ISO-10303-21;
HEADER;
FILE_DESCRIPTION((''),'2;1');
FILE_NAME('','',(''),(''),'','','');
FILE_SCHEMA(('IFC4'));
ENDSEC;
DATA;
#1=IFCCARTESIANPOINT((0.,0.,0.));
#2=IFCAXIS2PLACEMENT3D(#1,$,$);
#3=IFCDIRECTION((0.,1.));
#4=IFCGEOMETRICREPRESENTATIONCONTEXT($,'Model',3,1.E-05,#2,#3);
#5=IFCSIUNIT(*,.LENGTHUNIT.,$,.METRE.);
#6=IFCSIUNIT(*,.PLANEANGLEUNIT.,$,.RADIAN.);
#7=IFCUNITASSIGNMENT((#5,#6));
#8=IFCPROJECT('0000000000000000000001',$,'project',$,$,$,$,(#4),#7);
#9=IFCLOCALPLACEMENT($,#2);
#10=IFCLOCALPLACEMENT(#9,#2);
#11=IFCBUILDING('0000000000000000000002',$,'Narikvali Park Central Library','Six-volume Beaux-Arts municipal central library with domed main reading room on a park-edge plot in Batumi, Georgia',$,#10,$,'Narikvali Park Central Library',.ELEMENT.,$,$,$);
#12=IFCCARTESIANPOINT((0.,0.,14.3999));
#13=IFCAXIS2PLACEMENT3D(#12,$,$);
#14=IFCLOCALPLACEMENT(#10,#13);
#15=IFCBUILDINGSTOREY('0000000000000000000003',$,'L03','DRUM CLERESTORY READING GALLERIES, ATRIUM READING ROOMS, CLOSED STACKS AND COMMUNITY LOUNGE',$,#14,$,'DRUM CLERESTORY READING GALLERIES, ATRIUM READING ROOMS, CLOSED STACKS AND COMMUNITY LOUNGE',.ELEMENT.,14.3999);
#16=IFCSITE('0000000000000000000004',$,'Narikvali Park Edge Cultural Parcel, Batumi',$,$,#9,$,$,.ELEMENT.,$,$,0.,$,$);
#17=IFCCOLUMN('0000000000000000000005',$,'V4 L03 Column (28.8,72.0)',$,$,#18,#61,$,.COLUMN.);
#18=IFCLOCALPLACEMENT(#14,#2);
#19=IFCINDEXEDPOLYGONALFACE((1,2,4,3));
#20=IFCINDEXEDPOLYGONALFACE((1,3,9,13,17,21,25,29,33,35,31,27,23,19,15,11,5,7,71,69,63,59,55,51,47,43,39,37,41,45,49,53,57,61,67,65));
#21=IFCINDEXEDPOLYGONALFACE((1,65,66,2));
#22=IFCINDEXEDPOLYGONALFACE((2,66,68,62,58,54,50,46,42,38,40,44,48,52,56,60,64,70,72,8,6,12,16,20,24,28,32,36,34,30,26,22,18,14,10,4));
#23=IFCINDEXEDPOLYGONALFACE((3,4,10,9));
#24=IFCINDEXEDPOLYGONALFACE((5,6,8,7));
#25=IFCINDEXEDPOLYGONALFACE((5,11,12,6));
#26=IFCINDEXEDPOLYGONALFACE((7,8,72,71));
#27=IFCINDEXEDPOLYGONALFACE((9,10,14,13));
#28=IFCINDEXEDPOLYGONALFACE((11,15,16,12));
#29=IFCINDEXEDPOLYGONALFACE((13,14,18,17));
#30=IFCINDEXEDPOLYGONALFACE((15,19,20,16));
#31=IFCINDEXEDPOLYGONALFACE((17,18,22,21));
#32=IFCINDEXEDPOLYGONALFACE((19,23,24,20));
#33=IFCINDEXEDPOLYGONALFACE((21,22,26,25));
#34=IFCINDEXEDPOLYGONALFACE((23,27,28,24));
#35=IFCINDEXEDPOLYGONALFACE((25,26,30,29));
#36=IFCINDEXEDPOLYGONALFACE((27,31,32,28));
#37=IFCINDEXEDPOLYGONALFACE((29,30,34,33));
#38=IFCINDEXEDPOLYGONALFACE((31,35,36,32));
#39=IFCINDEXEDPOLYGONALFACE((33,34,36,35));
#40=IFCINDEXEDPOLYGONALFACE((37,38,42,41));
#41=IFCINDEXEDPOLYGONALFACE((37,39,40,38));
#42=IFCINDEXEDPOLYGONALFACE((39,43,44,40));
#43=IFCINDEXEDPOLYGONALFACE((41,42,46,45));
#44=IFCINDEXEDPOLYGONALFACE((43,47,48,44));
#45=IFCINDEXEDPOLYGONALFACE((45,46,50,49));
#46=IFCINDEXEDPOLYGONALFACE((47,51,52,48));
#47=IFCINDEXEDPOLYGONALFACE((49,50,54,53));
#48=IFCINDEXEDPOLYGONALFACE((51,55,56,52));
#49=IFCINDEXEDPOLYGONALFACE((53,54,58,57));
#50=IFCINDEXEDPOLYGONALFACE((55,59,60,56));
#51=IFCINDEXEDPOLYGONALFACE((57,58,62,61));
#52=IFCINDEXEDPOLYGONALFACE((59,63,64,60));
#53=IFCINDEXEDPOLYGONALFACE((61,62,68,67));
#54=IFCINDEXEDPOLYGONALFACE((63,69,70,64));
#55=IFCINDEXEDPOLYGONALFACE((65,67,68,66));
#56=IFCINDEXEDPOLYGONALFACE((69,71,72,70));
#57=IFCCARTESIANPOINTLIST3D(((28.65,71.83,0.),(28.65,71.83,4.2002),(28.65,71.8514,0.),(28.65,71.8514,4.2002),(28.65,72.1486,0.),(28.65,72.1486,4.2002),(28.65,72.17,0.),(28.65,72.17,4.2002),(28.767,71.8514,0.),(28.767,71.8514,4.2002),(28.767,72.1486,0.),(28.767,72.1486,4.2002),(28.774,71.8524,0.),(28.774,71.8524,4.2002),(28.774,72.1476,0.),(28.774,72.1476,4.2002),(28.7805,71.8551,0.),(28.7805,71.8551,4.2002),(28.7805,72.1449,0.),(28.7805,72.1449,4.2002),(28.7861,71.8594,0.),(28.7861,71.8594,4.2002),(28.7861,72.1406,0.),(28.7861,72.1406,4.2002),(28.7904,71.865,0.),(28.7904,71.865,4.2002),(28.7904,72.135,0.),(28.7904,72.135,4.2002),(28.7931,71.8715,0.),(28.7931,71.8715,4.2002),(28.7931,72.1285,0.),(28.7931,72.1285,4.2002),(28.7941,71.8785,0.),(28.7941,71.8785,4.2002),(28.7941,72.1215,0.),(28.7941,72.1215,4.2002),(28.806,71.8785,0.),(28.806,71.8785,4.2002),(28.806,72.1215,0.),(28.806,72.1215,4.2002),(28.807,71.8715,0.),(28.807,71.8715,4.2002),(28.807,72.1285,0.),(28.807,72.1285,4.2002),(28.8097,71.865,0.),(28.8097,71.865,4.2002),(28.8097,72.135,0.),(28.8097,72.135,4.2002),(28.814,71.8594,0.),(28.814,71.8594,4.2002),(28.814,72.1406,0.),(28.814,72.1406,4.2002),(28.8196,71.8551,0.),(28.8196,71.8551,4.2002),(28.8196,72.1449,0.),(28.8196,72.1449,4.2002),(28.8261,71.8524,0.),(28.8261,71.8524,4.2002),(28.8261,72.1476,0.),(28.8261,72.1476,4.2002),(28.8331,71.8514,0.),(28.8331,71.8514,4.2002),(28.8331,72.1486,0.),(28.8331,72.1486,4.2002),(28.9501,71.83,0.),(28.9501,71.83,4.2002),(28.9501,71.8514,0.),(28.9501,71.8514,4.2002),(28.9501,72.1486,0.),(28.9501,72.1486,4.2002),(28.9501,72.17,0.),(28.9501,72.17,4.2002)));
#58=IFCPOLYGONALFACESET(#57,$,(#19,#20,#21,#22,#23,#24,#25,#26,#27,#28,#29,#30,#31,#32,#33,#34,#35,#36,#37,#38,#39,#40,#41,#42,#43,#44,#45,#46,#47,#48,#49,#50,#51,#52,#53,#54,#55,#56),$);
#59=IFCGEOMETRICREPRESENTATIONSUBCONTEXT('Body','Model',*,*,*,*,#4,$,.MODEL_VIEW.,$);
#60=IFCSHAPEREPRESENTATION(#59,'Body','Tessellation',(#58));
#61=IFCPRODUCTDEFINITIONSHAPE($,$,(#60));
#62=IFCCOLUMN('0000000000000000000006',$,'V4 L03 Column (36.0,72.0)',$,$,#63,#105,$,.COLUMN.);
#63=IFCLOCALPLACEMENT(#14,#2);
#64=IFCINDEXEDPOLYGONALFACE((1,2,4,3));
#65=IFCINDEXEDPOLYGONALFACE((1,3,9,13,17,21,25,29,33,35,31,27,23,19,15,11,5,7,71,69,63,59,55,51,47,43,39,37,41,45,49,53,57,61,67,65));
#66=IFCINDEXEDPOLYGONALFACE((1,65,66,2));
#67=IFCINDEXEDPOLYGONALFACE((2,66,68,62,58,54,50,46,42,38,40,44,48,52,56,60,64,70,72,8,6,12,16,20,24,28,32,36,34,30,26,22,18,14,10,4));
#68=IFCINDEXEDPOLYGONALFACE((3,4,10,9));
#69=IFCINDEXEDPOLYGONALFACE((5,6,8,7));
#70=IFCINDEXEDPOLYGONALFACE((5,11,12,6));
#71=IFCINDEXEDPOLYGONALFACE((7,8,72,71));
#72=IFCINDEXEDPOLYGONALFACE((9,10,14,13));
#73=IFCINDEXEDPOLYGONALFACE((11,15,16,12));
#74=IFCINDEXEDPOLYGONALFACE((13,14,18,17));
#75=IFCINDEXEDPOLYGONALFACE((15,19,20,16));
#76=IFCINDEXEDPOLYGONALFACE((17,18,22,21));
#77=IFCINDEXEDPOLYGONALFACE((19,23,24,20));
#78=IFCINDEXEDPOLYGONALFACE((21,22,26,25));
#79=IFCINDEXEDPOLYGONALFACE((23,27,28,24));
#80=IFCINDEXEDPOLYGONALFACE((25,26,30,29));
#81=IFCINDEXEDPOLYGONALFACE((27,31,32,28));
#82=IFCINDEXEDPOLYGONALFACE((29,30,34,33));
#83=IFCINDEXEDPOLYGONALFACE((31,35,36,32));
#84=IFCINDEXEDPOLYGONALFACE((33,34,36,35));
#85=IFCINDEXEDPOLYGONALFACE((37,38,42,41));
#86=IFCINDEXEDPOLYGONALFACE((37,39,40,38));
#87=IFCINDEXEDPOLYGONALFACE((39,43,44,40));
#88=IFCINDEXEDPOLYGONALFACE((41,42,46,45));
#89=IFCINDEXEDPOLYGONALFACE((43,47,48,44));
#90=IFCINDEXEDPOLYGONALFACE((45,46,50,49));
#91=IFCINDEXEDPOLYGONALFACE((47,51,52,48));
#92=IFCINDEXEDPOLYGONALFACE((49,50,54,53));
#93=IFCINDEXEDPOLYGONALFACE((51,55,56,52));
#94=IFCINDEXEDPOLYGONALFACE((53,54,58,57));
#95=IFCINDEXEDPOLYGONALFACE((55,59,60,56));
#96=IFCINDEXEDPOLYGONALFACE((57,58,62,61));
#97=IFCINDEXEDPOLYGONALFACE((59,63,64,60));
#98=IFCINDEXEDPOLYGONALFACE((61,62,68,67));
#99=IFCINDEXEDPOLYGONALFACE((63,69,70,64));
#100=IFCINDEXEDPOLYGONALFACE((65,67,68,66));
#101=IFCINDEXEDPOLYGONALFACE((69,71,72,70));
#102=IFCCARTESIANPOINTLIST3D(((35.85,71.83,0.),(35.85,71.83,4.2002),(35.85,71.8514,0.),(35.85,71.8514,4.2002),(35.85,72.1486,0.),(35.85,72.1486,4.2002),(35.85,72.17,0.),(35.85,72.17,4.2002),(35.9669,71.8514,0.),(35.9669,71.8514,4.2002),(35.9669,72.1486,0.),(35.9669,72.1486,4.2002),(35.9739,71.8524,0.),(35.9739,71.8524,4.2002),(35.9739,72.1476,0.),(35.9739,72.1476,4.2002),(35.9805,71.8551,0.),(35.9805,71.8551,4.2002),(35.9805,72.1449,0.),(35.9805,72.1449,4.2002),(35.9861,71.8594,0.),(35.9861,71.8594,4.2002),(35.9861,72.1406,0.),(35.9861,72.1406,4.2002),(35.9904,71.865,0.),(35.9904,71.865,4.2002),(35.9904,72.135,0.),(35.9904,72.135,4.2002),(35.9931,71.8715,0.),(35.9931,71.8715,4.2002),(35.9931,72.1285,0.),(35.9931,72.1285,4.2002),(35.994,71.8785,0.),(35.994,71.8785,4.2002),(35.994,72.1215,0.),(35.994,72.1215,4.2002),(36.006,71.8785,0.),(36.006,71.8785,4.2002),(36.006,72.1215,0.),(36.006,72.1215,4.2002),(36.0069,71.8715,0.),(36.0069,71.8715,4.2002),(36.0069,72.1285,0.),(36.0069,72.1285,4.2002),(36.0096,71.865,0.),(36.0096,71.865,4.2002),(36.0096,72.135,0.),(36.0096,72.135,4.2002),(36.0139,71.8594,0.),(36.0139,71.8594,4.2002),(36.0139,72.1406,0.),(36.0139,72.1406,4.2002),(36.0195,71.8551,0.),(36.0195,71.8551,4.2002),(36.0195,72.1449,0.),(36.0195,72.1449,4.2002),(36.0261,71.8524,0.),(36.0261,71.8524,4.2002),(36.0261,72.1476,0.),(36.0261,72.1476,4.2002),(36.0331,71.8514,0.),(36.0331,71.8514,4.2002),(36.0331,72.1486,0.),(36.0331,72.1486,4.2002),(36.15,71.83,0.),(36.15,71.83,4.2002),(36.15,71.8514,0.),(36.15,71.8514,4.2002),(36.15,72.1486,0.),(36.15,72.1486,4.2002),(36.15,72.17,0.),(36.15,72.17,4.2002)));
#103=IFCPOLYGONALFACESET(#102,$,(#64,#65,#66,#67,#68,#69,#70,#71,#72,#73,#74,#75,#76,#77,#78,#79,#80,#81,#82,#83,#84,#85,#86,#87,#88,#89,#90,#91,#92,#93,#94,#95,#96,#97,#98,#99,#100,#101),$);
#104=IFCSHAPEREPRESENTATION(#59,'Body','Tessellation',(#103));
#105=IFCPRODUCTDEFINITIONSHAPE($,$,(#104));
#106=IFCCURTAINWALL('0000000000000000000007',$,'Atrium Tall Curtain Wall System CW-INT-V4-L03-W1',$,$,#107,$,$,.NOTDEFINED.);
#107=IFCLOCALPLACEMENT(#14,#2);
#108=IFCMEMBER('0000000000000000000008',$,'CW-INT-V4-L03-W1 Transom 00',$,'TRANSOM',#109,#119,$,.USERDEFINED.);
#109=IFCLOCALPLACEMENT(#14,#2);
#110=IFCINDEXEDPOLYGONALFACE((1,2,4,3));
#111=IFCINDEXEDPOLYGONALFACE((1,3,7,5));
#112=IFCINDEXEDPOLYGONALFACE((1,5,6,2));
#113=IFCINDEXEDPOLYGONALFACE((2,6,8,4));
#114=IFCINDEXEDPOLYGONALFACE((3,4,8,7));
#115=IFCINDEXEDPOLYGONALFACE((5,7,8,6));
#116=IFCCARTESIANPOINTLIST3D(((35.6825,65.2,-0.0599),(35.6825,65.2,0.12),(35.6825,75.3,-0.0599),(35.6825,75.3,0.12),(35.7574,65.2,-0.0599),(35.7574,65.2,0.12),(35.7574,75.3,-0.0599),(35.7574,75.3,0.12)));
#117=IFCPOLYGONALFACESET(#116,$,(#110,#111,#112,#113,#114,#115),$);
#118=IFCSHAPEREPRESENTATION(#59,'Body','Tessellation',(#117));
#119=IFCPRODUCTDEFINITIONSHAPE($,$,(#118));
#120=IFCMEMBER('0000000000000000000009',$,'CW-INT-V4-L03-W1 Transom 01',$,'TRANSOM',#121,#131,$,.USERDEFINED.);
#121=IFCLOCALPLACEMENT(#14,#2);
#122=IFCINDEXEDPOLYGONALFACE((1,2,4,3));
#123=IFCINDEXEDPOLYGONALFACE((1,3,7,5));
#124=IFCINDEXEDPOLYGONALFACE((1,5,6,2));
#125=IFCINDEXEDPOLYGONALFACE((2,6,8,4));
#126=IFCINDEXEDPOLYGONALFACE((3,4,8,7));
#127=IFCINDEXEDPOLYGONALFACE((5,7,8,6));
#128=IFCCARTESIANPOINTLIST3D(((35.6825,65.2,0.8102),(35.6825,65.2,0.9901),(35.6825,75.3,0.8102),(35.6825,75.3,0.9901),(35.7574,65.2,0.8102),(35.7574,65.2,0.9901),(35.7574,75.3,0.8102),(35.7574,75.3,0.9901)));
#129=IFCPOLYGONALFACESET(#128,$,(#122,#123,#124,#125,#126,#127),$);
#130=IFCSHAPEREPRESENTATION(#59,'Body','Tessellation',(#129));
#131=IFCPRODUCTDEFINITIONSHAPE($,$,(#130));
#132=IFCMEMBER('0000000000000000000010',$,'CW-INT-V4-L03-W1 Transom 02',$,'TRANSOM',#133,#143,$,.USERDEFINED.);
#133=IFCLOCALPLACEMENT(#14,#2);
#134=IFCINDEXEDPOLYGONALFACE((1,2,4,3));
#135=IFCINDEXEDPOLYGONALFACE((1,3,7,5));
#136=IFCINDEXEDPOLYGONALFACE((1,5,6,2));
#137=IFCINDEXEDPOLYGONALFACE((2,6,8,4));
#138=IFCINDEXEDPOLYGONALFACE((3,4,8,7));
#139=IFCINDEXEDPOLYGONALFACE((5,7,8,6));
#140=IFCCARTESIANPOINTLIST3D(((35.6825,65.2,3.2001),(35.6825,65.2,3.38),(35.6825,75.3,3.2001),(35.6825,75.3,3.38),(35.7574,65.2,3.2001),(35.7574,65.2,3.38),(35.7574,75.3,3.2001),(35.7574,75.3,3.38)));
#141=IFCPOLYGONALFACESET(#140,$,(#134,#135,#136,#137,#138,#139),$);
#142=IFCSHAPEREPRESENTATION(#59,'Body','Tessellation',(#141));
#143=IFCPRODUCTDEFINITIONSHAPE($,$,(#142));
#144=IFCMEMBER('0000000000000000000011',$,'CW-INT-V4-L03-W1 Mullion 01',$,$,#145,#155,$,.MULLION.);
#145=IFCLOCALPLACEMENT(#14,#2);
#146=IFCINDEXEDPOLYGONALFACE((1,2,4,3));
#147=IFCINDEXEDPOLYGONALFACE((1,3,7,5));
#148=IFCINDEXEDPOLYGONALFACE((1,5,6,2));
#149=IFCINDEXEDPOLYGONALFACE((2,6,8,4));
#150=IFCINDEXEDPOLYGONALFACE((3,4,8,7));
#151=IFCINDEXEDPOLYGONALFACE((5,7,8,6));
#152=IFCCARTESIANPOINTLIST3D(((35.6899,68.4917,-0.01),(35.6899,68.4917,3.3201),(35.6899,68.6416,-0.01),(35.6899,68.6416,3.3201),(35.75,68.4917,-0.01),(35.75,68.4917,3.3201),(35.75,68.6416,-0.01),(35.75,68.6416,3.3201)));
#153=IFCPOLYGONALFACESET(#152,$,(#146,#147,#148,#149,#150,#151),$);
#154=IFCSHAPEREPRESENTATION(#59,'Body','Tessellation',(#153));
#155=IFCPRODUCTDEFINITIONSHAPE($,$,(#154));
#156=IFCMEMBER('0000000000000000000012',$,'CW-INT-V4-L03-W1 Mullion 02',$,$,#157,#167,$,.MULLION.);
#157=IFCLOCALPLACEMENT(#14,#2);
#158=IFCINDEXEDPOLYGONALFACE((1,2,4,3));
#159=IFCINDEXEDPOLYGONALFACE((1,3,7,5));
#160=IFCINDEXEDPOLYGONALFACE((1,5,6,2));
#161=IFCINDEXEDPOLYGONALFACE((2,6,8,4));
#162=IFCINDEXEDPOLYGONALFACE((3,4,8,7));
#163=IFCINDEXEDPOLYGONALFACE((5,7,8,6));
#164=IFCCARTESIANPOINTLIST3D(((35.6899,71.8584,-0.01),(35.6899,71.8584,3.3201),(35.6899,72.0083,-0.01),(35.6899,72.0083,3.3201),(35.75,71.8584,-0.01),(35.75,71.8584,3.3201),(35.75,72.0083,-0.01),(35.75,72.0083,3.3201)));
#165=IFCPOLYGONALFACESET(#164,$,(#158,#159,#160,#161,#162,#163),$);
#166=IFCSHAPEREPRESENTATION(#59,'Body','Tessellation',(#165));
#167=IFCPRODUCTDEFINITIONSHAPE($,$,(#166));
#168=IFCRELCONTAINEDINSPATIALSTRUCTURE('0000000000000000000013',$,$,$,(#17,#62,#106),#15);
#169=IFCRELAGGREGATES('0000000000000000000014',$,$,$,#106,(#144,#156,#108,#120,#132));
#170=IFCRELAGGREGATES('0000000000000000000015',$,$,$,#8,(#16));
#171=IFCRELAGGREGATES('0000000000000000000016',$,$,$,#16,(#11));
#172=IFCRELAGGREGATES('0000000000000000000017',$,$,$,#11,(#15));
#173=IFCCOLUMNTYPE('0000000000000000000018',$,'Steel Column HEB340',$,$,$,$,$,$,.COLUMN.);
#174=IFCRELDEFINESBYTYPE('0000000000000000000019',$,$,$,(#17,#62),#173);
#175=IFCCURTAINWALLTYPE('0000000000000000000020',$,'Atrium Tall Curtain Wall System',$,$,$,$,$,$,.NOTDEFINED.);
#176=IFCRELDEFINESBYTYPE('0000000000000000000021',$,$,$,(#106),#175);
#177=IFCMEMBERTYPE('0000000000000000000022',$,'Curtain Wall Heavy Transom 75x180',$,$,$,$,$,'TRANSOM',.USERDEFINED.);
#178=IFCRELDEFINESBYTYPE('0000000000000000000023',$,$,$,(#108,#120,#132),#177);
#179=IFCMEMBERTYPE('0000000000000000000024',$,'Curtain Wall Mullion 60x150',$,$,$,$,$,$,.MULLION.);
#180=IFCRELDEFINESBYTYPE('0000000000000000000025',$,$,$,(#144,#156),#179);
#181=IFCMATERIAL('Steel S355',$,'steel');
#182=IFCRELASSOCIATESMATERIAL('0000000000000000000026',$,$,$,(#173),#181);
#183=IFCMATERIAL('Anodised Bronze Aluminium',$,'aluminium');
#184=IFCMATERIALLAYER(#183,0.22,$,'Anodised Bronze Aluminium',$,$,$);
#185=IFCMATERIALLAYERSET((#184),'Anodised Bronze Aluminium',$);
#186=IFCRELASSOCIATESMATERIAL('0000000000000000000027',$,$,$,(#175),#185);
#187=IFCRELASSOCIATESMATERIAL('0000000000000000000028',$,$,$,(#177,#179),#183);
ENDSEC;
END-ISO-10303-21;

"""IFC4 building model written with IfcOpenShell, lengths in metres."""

from ifc_helpers import new_model, si_unit, direction, frame, origin, origin_2d, place, context, subcontext, project, spatial, rectangle, i_section, extrude, material, layer, layer_set, material_profile, profile_set, type_object, element, aggregate, save


model = new_model("IFC4")

# Units and contexts
model_context = context("Model", 3, precision=1e-05, world=origin(), true_north=direction((0.0, 1.0)))
body_context = subcontext(model_context, "Body", "Model", "MODEL_VIEW")
ifc_project = project(units=[si_unit("LENGTHUNIT", "METRE"), si_unit("PLANEANGLEUNIT", "RADIAN")], contexts=[model_context])

# Site, building, storey
site_placement = place(None, origin())
site = spatial("IfcSite", under=ifc_project, at=site_placement, Name="Narikvali Park Edge Cultural Parcel, Batumi", CompositionType="ELEMENT", RefElevation=0.0)
building_placement = place(site_placement, origin())
building = spatial("IfcBuilding", under=site, at=building_placement, Name="Narikvali Park Central Library", Description="Six-volume Beaux-Arts municipal central library with domed main reading room on a park-edge plot in Batumi, Georgia", LongName="Narikvali Park Central Library", CompositionType="ELEMENT")
storey_placement = place(building_placement, frame((0.0, 0.0, 14.3999)))
storey = spatial("IfcBuildingStorey", under=building, at=storey_placement, Name="L03", Description="DRUM CLERESTORY READING GALLERIES, ATRIUM READING ROOMS, CLOSED STACKS AND COMMUNITY LOUNGE", LongName="DRUM CLERESTORY READING GALLERIES, ATRIUM READING ROOMS, CLOSED STACKS AND COMMUNITY LOUNGE", CompositionType="ELEMENT", Elevation=14.3999)

# Columns
ifc_material_1 = material(Name="Steel S355", Category="steel")
ifc_material_profile_1 = material_profile(ifc_material_1, i_section(OverallWidth=0.3, OverallDepth=0.3401, WebThickness=0.012, FlangeThickness=0.0215, FilletRadius=0.0271, at=origin_2d()), Name="HEB 340")
ifc_profile_set_1 = profile_set([ifc_material_profile_1], Name="Steel S355")
column_type = type_object("IfcColumnType", Name="Steel Column HEB340", PredefinedType="COLUMN", material=ifc_profile_set_1)
for number, where, z_axis, x_axis, name in (
    (1, (28.8, 72.0, 0.0), (0.0, 0.0, 1.0), (1.0, 0.0, 0.0), "V4 L03 Column (28.8,72.0)"),
    (2, (36.0, 72.0, 0.0), (0.0, 0.0, 1.0), (1.0, 0.0, 0.0), "V4 L03 Column (36.0,72.0)"),
):
    element("IfcColumn", number, at=place(storey_placement, frame(where, z_axis=z_axis, x_axis=x_axis)), inside=storey, type_object=column_type, Name=name, PredefinedType="COLUMN", context=body_context, shape_type="SweptSolid", body=[
        extrude(i_section(OverallWidth=0.3, OverallDepth=0.3401, WebThickness=0.012, FlangeThickness=0.0215, FilletRadius=0.0271, at=origin_2d()), origin(), (0.0, 0.0, 1.0), 4.2002),
    ])

# Curtain wall, members
ifc_material_2 = material(Name="Anodised Bronze Aluminium", Category="aluminium")
ifc_layer_1 = layer(ifc_material_2, 0.22, Name="Anodised Bronze Aluminium")
ifc_layer_set_1 = layer_set([ifc_layer_1], Name="Anodised Bronze Aluminium")
curtain_wall_type = type_object("IfcCurtainWallType", Name="Atrium Tall Curtain Wall System", PredefinedType="NOTDEFINED", material=ifc_layer_set_1)
curtain_wall_placement = place(storey_placement, origin())
curtain_wall = element("IfcCurtainWall", 3, at=curtain_wall_placement, inside=storey, type_object=curtain_wall_type, Name="Atrium Tall Curtain Wall System CW-INT-V4-L03-W1", PredefinedType="NOTDEFINED")
ifc_material_profile_2 = material_profile(ifc_material_2, rectangle(XDim=0.075, YDim=0.1799, at=origin_2d()), Name="CW TRANSOM 75x180")
ifc_profile_set_2 = profile_set([ifc_material_profile_2], Name="Anodised Bronze Aluminium")
member_type_1 = type_object("IfcMemberType", Name="Curtain Wall Heavy Transom 75x180", ElementType="TRANSOM", PredefinedType="USERDEFINED", material=ifc_profile_set_2)
member_1_placement = place(storey_placement, frame((35.72, 65.2, 0.03), z_axis=(0.0, 1.0, 0.0), x_axis=(-1.0, 0.0, 0.0)))
member_1 = element("IfcMember", 4, at=member_1_placement, type_object=member_type_1, Name="CW-INT-V4-L03-W1 Transom 00", ObjectType="TRANSOM", PredefinedType="USERDEFINED", context=body_context, shape_type="SweptSolid", body=[
    extrude(rectangle(XDim=0.075, YDim=0.1799, at=origin_2d()), origin(), (0.0, 0.0, 1.0), 10.1001),
])
member_2_placement = place(storey_placement, frame((35.72, 65.2, 0.9001), z_axis=(0.0, 1.0, 0.0), x_axis=(-1.0, 0.0, 0.0)))
member_2 = element("IfcMember", 5, at=member_2_placement, type_object=member_type_1, Name="CW-INT-V4-L03-W1 Transom 01", ObjectType="TRANSOM", PredefinedType="USERDEFINED", context=body_context, shape_type="SweptSolid", body=[
    extrude(rectangle(XDim=0.075, YDim=0.1799, at=origin_2d()), origin(), (0.0, 0.0, 1.0), 10.1001),
])
member_3_placement = place(storey_placement, frame((35.72, 65.2, 3.29), z_axis=(0.0, 1.0, 0.0), x_axis=(-1.0, 0.0, 0.0)))
member_3 = element("IfcMember", 6, at=member_3_placement, type_object=member_type_1, Name="CW-INT-V4-L03-W1 Transom 02", ObjectType="TRANSOM", PredefinedType="USERDEFINED", context=body_context, shape_type="SweptSolid", body=[
    extrude(rectangle(XDim=0.075, YDim=0.1799, at=origin_2d()), origin(), (0.0, 0.0, 1.0), 10.1001),
])
ifc_material_profile_3 = material_profile(ifc_material_2, rectangle(XDim=0.0601, YDim=0.1499, at=origin_2d()), Name="CW MULLION 60x150")
ifc_profile_set_3 = profile_set([ifc_material_profile_3], Name="Anodised Bronze Aluminium")
member_type_2 = type_object("IfcMemberType", Name="Curtain Wall Mullion 60x150", PredefinedType="MULLION", material=ifc_profile_set_3)
member_4_placement = place(storey_placement, frame((35.72, 68.5667, -0.01), z_axis=(0.0, 0.0, 1.0), x_axis=(1.0, 0.0, 0.0)))
member_4 = element("IfcMember", 7, at=member_4_placement, type_object=member_type_2, Name="CW-INT-V4-L03-W1 Mullion 01", PredefinedType="MULLION", context=body_context, shape_type="SweptSolid", body=[
    extrude(rectangle(XDim=0.0601, YDim=0.1499, at=origin_2d()), origin(), (0.0, 0.0, 1.0), 3.3301),
])
member_5_placement = place(storey_placement, frame((35.72, 71.9333, -0.01), z_axis=(0.0, 0.0, 1.0), x_axis=(1.0, 0.0, 0.0)))
member_5 = element("IfcMember", 8, at=member_5_placement, type_object=member_type_2, Name="CW-INT-V4-L03-W1 Mullion 02", PredefinedType="MULLION", context=body_context, shape_type="SweptSolid", body=[
    extrude(rectangle(XDim=0.0601, YDim=0.1499, at=origin_2d()), origin(), (0.0, 0.0, 1.0), 3.3301),
])

aggregate(curtain_wall, [member_4, member_5, member_1, member_2, member_3])

save(model, "model.ifc")
